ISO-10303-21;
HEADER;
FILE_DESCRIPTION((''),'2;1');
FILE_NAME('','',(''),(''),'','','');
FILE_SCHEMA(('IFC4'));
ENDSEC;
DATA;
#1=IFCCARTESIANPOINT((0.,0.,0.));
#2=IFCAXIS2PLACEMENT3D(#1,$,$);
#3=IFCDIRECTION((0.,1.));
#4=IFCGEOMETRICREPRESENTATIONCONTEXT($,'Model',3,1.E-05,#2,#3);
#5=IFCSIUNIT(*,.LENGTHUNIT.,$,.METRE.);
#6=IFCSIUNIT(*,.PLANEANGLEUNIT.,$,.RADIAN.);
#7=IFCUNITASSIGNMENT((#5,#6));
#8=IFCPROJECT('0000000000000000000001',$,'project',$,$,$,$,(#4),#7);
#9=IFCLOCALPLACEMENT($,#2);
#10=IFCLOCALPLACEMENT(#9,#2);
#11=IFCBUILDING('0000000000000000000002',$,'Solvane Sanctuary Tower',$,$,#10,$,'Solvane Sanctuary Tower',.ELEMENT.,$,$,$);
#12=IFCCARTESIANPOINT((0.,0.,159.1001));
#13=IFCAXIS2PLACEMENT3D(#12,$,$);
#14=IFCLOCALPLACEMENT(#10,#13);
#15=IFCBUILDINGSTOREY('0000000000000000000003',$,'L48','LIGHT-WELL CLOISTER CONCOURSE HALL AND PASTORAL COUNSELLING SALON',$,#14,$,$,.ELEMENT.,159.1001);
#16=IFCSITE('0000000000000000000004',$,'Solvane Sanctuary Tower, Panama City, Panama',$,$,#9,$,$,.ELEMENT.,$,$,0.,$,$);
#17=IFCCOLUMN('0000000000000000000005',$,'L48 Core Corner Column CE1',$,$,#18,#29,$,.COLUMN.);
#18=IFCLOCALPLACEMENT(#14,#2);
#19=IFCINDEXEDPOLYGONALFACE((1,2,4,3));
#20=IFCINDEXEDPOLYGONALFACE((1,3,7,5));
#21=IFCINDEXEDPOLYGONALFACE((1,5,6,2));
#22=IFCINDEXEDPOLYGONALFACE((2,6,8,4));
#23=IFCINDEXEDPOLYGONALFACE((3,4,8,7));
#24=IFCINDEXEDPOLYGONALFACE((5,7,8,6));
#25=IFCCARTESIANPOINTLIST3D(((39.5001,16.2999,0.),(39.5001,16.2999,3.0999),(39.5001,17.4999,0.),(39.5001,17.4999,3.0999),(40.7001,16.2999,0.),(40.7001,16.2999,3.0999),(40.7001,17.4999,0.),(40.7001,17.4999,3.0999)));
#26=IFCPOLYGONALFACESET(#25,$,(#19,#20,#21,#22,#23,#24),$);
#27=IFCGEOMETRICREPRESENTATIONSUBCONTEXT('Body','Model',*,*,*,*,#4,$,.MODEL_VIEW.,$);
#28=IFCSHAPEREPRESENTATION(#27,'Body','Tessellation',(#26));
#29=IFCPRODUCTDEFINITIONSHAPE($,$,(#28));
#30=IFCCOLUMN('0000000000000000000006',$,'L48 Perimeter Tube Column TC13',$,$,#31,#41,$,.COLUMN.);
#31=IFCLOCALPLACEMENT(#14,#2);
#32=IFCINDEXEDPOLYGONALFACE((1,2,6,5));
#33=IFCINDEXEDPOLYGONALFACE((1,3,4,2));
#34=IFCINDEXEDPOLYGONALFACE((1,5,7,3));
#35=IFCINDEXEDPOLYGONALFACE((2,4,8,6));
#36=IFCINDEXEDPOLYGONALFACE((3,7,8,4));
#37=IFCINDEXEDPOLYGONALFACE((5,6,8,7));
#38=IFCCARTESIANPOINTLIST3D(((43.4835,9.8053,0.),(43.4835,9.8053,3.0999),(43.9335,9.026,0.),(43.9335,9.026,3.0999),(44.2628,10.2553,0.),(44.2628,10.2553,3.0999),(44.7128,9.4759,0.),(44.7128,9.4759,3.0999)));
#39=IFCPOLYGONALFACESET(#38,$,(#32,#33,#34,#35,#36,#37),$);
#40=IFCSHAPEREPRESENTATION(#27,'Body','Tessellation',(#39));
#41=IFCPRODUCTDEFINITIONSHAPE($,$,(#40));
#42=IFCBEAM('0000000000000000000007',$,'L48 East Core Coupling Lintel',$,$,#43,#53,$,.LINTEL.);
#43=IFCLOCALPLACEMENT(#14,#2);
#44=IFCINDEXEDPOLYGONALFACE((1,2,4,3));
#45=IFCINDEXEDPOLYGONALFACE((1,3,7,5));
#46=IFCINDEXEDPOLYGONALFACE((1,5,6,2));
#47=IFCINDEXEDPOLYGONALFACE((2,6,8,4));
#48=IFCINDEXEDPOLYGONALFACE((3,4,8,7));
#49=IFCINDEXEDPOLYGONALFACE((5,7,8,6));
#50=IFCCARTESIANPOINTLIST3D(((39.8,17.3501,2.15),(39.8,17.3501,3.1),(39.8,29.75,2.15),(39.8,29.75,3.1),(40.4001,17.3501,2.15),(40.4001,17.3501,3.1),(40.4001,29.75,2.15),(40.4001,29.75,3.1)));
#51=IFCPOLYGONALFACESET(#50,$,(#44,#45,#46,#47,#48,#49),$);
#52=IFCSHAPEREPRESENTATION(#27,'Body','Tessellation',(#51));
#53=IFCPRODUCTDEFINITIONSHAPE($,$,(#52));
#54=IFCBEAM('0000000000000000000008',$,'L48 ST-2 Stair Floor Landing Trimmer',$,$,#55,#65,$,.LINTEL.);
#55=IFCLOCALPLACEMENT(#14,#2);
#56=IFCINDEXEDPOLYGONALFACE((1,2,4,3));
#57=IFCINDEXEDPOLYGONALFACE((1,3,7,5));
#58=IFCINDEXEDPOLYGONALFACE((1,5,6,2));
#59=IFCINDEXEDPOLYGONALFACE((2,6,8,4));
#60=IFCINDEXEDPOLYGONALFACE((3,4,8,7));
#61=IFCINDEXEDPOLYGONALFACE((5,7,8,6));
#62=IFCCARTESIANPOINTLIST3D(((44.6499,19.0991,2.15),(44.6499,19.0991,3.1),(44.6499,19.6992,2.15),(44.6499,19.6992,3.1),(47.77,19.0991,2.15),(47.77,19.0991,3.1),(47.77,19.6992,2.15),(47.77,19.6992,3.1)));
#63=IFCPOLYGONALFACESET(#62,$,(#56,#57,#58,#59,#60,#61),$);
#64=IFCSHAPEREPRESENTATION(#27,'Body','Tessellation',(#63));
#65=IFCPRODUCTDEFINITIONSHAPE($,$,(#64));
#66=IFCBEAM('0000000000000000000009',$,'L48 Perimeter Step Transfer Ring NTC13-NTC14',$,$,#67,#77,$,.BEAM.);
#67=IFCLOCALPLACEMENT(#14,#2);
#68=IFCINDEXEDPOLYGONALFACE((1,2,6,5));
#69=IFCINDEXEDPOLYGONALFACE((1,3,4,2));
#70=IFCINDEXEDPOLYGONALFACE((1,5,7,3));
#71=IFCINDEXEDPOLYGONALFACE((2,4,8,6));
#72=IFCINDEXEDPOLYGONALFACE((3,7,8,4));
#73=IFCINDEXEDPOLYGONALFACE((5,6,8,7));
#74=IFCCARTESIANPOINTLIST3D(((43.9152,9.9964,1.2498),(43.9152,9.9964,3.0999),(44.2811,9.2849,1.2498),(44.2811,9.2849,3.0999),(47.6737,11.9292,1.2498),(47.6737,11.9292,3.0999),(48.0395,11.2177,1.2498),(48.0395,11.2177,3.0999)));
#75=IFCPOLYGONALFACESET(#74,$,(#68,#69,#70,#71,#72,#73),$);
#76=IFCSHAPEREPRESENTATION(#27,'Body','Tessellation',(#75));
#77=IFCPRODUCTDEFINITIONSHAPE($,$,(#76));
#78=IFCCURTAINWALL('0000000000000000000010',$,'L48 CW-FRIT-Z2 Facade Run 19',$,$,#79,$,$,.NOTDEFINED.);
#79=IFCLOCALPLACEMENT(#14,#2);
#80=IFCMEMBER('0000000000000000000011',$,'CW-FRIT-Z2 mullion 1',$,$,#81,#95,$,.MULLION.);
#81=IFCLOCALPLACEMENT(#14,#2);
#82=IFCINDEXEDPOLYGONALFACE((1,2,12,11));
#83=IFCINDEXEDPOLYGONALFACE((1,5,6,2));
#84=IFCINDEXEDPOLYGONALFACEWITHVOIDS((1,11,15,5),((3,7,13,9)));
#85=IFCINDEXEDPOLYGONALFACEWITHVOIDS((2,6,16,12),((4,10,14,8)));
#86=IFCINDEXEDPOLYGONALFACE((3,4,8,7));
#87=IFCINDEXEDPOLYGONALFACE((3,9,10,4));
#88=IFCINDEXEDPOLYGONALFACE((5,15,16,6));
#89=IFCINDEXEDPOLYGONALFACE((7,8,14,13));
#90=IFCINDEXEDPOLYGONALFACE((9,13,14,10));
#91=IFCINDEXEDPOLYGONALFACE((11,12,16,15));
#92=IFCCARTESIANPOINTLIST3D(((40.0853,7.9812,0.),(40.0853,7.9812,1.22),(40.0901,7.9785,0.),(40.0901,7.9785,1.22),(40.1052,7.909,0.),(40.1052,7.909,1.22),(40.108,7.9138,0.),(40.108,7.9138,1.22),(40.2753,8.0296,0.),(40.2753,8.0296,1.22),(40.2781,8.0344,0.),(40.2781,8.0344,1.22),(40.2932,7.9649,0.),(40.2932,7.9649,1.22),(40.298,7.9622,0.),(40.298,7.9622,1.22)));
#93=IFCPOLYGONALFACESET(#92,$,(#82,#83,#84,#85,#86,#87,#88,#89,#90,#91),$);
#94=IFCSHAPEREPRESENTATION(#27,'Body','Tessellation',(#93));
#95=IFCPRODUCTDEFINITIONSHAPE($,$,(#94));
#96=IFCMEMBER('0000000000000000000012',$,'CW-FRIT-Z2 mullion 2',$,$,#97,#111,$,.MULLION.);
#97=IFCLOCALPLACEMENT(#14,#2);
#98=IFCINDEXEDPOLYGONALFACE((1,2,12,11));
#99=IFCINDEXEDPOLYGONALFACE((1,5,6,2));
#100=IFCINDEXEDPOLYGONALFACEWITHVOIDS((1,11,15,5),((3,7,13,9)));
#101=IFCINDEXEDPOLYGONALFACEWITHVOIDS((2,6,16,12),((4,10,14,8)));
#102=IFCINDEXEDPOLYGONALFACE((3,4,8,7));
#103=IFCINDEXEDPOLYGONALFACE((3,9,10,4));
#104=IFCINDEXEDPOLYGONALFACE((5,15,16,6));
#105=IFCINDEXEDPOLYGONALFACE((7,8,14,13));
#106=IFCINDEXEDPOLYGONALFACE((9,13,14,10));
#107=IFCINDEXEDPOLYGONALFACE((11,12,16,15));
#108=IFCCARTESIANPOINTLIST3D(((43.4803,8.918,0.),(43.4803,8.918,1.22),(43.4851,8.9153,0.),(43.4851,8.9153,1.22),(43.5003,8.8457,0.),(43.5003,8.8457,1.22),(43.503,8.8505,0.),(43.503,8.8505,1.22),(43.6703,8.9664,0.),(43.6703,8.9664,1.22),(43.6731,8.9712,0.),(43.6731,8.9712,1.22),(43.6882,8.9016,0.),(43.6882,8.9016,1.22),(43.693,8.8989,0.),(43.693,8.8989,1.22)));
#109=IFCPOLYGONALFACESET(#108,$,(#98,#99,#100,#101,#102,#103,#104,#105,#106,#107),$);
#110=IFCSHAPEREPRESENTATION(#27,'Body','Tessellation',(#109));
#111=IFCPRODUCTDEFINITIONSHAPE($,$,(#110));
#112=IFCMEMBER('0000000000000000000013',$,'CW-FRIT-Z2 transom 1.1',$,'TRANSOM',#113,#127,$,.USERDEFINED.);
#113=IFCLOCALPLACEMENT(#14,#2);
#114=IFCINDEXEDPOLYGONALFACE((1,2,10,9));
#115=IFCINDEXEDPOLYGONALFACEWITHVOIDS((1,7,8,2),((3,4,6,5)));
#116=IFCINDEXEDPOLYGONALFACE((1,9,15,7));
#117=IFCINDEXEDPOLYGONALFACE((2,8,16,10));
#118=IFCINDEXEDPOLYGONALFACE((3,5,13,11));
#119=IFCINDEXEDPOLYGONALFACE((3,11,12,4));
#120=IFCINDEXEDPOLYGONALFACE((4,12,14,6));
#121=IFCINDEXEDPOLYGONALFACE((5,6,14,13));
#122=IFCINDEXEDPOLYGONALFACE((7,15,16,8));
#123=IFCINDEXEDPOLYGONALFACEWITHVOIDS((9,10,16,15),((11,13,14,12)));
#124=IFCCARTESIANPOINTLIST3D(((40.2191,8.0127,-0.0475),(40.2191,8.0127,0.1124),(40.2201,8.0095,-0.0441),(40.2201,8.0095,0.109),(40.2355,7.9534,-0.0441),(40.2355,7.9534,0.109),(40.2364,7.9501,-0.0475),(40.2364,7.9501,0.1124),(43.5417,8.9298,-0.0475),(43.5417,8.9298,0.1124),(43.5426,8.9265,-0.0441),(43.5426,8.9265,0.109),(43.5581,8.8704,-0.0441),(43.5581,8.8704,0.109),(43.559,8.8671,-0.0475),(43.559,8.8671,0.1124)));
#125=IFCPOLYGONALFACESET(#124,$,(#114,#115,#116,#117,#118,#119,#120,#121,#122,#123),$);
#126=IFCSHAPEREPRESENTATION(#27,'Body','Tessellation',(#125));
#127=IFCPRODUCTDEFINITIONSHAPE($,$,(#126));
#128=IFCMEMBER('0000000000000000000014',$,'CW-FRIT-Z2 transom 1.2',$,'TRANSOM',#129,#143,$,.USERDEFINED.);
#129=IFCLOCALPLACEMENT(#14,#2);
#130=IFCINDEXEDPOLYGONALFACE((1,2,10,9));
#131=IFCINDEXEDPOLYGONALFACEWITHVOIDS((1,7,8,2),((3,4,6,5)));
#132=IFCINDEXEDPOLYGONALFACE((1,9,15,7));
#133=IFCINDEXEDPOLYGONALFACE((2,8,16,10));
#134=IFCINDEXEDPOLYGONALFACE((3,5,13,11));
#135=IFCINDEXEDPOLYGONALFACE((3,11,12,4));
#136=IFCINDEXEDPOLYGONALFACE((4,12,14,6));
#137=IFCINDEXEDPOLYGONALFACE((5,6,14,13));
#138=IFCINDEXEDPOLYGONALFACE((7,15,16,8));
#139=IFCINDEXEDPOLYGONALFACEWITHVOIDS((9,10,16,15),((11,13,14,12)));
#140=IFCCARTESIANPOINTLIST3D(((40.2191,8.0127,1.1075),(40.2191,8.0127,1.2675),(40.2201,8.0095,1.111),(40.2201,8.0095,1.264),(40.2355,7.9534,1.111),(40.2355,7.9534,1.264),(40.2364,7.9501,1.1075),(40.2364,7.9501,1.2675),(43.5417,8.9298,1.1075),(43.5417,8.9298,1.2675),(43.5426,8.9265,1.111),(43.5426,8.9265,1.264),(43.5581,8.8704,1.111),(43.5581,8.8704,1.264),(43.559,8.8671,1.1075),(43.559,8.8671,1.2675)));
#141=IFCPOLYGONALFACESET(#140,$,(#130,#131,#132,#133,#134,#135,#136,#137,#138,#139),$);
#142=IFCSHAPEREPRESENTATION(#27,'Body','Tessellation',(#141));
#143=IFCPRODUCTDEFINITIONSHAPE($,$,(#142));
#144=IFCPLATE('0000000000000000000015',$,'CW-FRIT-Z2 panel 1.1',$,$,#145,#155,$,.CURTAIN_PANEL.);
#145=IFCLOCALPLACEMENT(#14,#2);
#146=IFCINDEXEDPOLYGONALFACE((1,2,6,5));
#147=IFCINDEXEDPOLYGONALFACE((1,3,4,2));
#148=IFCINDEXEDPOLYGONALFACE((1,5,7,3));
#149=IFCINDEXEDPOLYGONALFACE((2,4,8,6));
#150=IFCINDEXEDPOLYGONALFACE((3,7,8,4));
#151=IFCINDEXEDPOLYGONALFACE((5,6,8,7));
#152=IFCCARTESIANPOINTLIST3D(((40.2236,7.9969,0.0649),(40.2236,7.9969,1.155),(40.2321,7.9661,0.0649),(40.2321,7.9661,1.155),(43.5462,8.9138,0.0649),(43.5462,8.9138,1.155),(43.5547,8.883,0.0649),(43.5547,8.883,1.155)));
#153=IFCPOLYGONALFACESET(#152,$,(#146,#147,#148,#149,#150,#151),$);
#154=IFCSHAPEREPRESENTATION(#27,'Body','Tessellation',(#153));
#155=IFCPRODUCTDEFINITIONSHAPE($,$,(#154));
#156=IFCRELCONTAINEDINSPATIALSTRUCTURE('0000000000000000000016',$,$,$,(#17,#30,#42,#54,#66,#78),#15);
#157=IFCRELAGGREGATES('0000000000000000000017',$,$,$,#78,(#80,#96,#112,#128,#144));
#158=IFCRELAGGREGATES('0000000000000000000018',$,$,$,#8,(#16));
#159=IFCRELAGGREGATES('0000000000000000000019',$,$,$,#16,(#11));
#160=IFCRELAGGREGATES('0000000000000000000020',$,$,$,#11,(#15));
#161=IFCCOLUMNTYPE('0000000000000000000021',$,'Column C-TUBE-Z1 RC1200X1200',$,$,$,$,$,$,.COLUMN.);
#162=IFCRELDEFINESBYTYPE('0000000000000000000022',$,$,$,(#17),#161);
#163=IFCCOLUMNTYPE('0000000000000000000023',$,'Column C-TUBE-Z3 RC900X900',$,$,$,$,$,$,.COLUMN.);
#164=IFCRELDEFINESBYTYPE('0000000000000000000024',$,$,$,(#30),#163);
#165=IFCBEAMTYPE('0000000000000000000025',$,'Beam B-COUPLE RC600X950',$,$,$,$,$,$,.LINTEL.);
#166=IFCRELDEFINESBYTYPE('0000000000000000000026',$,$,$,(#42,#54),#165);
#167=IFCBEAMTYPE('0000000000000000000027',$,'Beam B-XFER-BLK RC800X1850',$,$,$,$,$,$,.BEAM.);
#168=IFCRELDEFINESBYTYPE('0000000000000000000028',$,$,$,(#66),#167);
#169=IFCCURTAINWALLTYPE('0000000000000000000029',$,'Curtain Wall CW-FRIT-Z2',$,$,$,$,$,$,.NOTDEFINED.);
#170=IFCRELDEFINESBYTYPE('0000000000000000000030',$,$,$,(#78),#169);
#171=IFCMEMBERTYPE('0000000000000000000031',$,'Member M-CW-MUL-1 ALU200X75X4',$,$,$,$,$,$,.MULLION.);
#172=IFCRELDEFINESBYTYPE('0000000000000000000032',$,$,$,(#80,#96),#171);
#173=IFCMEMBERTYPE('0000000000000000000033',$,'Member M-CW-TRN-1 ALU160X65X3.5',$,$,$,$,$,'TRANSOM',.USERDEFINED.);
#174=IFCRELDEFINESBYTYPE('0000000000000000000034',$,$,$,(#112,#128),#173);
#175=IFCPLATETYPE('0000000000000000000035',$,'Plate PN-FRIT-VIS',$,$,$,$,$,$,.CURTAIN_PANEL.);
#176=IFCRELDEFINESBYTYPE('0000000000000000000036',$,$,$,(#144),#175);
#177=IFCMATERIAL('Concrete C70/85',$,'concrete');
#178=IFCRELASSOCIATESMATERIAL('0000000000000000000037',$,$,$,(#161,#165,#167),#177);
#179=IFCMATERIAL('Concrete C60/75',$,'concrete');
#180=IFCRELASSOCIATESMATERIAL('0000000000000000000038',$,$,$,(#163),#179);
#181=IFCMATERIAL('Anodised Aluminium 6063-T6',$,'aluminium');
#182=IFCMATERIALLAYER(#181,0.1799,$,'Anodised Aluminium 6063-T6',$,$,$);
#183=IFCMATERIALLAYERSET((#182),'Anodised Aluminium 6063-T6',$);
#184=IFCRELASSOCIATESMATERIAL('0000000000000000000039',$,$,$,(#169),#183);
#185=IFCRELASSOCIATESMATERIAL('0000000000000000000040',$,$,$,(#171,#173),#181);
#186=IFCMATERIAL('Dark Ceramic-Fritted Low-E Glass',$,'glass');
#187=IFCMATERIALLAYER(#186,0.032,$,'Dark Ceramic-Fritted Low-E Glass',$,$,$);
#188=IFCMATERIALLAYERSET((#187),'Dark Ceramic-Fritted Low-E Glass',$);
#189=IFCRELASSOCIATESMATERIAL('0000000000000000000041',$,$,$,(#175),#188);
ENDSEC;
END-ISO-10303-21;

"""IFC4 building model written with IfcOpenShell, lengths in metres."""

from ifc_helpers import new_model, si_unit, direction, frame, origin, origin_2d, place, context, subcontext, project, spatial, rectangle, hollow_rectangle, extrude, material, layer, layer_set, material_profile, profile_set, type_object, element, aggregate, save


model = new_model("IFC4")

# Units and contexts
model_context = context("Model", 3, precision=1e-05, world=origin(), true_north=direction((0.0, 1.0)))
body_context = subcontext(model_context, "Body", "Model", "MODEL_VIEW")
ifc_project = project(units=[si_unit("LENGTHUNIT", "METRE"), si_unit("PLANEANGLEUNIT", "RADIAN")], contexts=[model_context])

# Site, building, storey
site_placement = place(None, origin())
site = spatial("IfcSite", under=ifc_project, at=site_placement, Name="Solvane Sanctuary Tower, Panama City, Panama", CompositionType="ELEMENT", RefElevation=0.0)
building_placement = place(site_placement, origin())
building = spatial("IfcBuilding", under=site, at=building_placement, Name="Solvane Sanctuary Tower", LongName="Solvane Sanctuary Tower", CompositionType="ELEMENT")
storey_placement = place(building_placement, frame((0.0, 0.0, 159.1001)))
storey = spatial("IfcBuildingStorey", under=building, at=storey_placement, Name="L48", Description="LIGHT-WELL CLOISTER CONCOURSE HALL AND PASTORAL COUNSELLING SALON", CompositionType="ELEMENT", Elevation=159.1001)

# Columns
ifc_material_1 = material(Name="Concrete C70/85", Category="concrete")
ifc_material_profile_1 = material_profile(ifc_material_1, rectangle(XDim=1.2, YDim=1.2, at=origin_2d()), Name="RC1200X1200")
ifc_profile_set_1 = profile_set([ifc_material_profile_1], Name="Concrete C70/85")
column_type_1 = type_object("IfcColumnType", Name="Column C-TUBE-Z1 RC1200X1200", PredefinedType="COLUMN", material=ifc_profile_set_1)
column_1_placement = place(storey_placement, frame((40.1001, 16.8999, 0.0), z_axis=(0.0, 0.0, 1.0), x_axis=(1.0, 0.0, 0.0)))
element("IfcColumn", 1, at=column_1_placement, inside=storey, type_object=column_type_1, Name="L48 Core Corner Column CE1", PredefinedType="COLUMN", context=body_context, shape_type="SweptSolid", body=[
    extrude(rectangle(XDim=1.2, YDim=1.2, at=origin_2d()), origin(), (0.0, 0.0, 1.0), 3.0999),
])
ifc_material_2 = material(Name="Concrete C60/75", Category="concrete")
ifc_material_profile_2 = material_profile(ifc_material_2, rectangle(XDim=0.8999, YDim=0.8999, at=origin_2d()), Name="RC900X900")
ifc_profile_set_2 = profile_set([ifc_material_profile_2], Name="Concrete C60/75")
column_type_2 = type_object("IfcColumnType", Name="Column C-TUBE-Z3 RC900X900", PredefinedType="COLUMN", material=ifc_profile_set_2)
column_2_placement = place(storey_placement, frame((44.0981, 9.6406, 0.0), z_axis=(0.0, 0.0, 1.0), x_axis=(0.5, -0.866025, 0.0)))
element("IfcColumn", 2, at=column_2_placement, inside=storey, type_object=column_type_2, Name="L48 Perimeter Tube Column TC13", PredefinedType="COLUMN", context=body_context, shape_type="SweptSolid", body=[
    extrude(rectangle(XDim=0.8999, YDim=0.8999, at=origin_2d()), origin(), (0.0, 0.0, 1.0), 3.0999),
])

# Beams
ifc_material_profile_3 = material_profile(ifc_material_1, rectangle(XDim=0.6001, YDim=0.95, at=origin_2d()), Name="RC600X950")
ifc_profile_set_3 = profile_set([ifc_material_profile_3], Name="Concrete C70/85")
beam_type_1 = type_object("IfcBeamType", Name="Beam B-COUPLE RC600X950", PredefinedType="LINTEL", material=ifc_profile_set_3)
beam_1_placement = place(storey_placement, frame((40.1001, 17.3501, 2.625), z_axis=(0.0, 1.0, 0.0), x_axis=(-1.0, 0.0, 0.0)))
element("IfcBeam", 3, at=beam_1_placement, inside=storey, type_object=beam_type_1, Name="L48 East Core Coupling Lintel", PredefinedType="LINTEL", context=body_context, shape_type="SweptSolid", body=[
    extrude(rectangle(XDim=0.6001, YDim=0.95, at=origin_2d()), origin(), (0.0, 0.0, 1.0), 12.3999),
])
beam_2_placement = place(storey_placement, frame((44.6499, 19.3992, 2.625), z_axis=(1.0, 0.0, 0.0), x_axis=(0.0, 1.0, 0.0)))
element("IfcBeam", 4, at=beam_2_placement, inside=storey, type_object=beam_type_1, Name="L48 ST-2 Stair Floor Landing Trimmer", PredefinedType="LINTEL", context=body_context, shape_type="SweptSolid", body=[
    extrude(rectangle(XDim=0.6001, YDim=0.95, at=origin_2d()), origin(), (0.0, 0.0, 1.0), 3.1201),
])
ifc_material_profile_4 = material_profile(ifc_material_1, rectangle(XDim=0.8, YDim=1.8501, at=origin_2d()), Name="RC800X1850")
ifc_profile_set_4 = profile_set([ifc_material_profile_4], Name="Concrete C70/85")
beam_type_2 = type_object("IfcBeamType", Name="Beam B-XFER-BLK RC800X1850", PredefinedType="BEAM", material=ifc_profile_set_4)
beam_3_placement = place(storey_placement, frame((44.0981, 9.6406, 2.1748), z_axis=(0.889298, 0.457328, 0.0), x_axis=(-0.457328, 0.889298, 0.0)))
element("IfcBeam", 5, at=beam_3_placement, inside=storey, type_object=beam_type_2, Name="L48 Perimeter Step Transfer Ring NTC13-NTC14", PredefinedType="BEAM", context=body_context, shape_type="SweptSolid", body=[
    extrude(rectangle(XDim=0.8, YDim=1.8501, at=origin_2d()), origin(), (0.0, 0.0, 1.0), 4.2263),
])

# Curtain wall, members, plate
ifc_material_3 = material(Name="Anodised Aluminium 6063-T6", Category="aluminium")
ifc_layer_1 = layer(ifc_material_3, 0.1799, Name="Anodised Aluminium 6063-T6")
ifc_layer_set_1 = layer_set([ifc_layer_1], Name="Anodised Aluminium 6063-T6")
curtain_wall_type = type_object("IfcCurtainWallType", Name="Curtain Wall CW-FRIT-Z2", PredefinedType="NOTDEFINED", material=ifc_layer_set_1)
curtain_wall_placement = place(storey_placement, origin())
curtain_wall = element("IfcCurtainWall", 6, at=curtain_wall_placement, inside=storey, type_object=curtain_wall_type, Name="L48 CW-FRIT-Z2 Facade Run 19", PredefinedType="NOTDEFINED")
ifc_material_profile_5 = material_profile(ifc_material_3, hollow_rectangle(XDim=0.075, YDim=0.2, WallThickness=0.0039, at=origin_2d()), Name="ALU200X75X4")
ifc_profile_set_5 = profile_set([ifc_material_profile_5], Name="Anodised Aluminium 6063-T6")
member_type_1 = type_object("IfcMemberType", Name="Member M-CW-MUL-1 ALU200X75X4", PredefinedType="MULLION", material=ifc_profile_set_5)
member_1_placement = place(storey_placement, frame((40.1917, 7.9717, 0.0), z_axis=(0.0, 0.0, 1.0), x_axis=(-0.266022, 0.963967, 0.0)))
member_1 = element("IfcMember", 7, at=member_1_placement, type_object=member_type_1, Name="CW-FRIT-Z2 mullion 1", PredefinedType="MULLION", context=body_context, shape_type="SweptSolid", body=[
    extrude(hollow_rectangle(XDim=0.075, YDim=0.2, WallThickness=0.0039, at=origin_2d()), origin(), (0.0, 0.0, 1.0), 1.22),
])
member_2_placement = place(storey_placement, frame((43.5867, 8.9084, 0.0), z_axis=(0.0, 0.0, 1.0), x_axis=(-0.266022, 0.963967, 0.0)))
member_2 = element("IfcMember", 8, at=member_2_placement, type_object=member_type_1, Name="CW-FRIT-Z2 mullion 2", PredefinedType="MULLION", context=body_context, shape_type="SweptSolid", body=[
    extrude(hollow_rectangle(XDim=0.075, YDim=0.2, WallThickness=0.0039, at=origin_2d()), origin(), (0.0, 0.0, 1.0), 1.22),
])
ifc_material_profile_6 = material_profile(ifc_material_3, hollow_rectangle(XDim=0.0649, YDim=0.1599, WallThickness=0.0034, at=origin_2d()), Name="ALU160X65X3.5")
ifc_profile_set_6 = profile_set([ifc_material_profile_6], Name="Anodised Aluminium 6063-T6")
member_type_2 = type_object("IfcMemberType", Name="Member M-CW-TRN-1 ALU160X65X3.5", ElementType="TRANSOM", PredefinedType="USERDEFINED", material=ifc_profile_set_6)
member_3_placement = place(storey_placement, frame((40.2278, 7.9814, 0.0325), z_axis=(0.96396, 0.266047, 0.0), x_axis=(-0.266047, 0.96396, 0.0)))
member_3 = element("IfcMember", 9, at=member_3_placement, type_object=member_type_2, Name="CW-FRIT-Z2 transom 1.1", ObjectType="TRANSOM", PredefinedType="USERDEFINED", context=body_context, shape_type="SweptSolid", body=[
    extrude(hollow_rectangle(XDim=0.0649, YDim=0.1599, WallThickness=0.0034, at=origin_2d()), origin(), (0.0, 0.0, 1.0), 3.4468),
])
member_4_placement = place(storey_placement, frame((40.2278, 7.9814, 1.1875), z_axis=(0.96396, 0.266047, 0.0), x_axis=(-0.266047, 0.96396, 0.0)))
member_4 = element("IfcMember", 10, at=member_4_placement, type_object=member_type_2, Name="CW-FRIT-Z2 transom 1.2", ObjectType="TRANSOM", PredefinedType="USERDEFINED", context=body_context, shape_type="SweptSolid", body=[
    extrude(hollow_rectangle(XDim=0.0649, YDim=0.1599, WallThickness=0.0034, at=origin_2d()), origin(), (0.0, 0.0, 1.0), 3.4468),
])
ifc_material_4 = material(Name="Dark Ceramic-Fritted Low-E Glass", Category="glass")
ifc_layer_2 = layer(ifc_material_4, 0.032, Name="Dark Ceramic-Fritted Low-E Glass")
ifc_layer_set_2 = layer_set([ifc_layer_2], Name="Dark Ceramic-Fritted Low-E Glass")
plate_type = type_object("IfcPlateType", Name="Plate PN-FRIT-VIS", PredefinedType="CURTAIN_PANEL", material=ifc_layer_set_2)
plate_placement = place(storey_placement, frame((41.8892, 8.4399, 0.0649), z_axis=(0.0, 0.0, 1.0), x_axis=(0.963967, 0.266022, 0.0)))
plate = element("IfcPlate", 11, at=plate_placement, type_object=plate_type, Name="CW-FRIT-Z2 panel 1.1", PredefinedType="CURTAIN_PANEL", context=body_context, shape_type="SweptSolid", body=[
    extrude(rectangle(XDim=3.4468, YDim=0.032, at=origin_2d()), origin(), (0.0, 0.0, 1.0), 1.0901),
])
aggregate(curtain_wall, [member_1, member_2, member_3, member_4, plate])

save(model, "model.ifc")
